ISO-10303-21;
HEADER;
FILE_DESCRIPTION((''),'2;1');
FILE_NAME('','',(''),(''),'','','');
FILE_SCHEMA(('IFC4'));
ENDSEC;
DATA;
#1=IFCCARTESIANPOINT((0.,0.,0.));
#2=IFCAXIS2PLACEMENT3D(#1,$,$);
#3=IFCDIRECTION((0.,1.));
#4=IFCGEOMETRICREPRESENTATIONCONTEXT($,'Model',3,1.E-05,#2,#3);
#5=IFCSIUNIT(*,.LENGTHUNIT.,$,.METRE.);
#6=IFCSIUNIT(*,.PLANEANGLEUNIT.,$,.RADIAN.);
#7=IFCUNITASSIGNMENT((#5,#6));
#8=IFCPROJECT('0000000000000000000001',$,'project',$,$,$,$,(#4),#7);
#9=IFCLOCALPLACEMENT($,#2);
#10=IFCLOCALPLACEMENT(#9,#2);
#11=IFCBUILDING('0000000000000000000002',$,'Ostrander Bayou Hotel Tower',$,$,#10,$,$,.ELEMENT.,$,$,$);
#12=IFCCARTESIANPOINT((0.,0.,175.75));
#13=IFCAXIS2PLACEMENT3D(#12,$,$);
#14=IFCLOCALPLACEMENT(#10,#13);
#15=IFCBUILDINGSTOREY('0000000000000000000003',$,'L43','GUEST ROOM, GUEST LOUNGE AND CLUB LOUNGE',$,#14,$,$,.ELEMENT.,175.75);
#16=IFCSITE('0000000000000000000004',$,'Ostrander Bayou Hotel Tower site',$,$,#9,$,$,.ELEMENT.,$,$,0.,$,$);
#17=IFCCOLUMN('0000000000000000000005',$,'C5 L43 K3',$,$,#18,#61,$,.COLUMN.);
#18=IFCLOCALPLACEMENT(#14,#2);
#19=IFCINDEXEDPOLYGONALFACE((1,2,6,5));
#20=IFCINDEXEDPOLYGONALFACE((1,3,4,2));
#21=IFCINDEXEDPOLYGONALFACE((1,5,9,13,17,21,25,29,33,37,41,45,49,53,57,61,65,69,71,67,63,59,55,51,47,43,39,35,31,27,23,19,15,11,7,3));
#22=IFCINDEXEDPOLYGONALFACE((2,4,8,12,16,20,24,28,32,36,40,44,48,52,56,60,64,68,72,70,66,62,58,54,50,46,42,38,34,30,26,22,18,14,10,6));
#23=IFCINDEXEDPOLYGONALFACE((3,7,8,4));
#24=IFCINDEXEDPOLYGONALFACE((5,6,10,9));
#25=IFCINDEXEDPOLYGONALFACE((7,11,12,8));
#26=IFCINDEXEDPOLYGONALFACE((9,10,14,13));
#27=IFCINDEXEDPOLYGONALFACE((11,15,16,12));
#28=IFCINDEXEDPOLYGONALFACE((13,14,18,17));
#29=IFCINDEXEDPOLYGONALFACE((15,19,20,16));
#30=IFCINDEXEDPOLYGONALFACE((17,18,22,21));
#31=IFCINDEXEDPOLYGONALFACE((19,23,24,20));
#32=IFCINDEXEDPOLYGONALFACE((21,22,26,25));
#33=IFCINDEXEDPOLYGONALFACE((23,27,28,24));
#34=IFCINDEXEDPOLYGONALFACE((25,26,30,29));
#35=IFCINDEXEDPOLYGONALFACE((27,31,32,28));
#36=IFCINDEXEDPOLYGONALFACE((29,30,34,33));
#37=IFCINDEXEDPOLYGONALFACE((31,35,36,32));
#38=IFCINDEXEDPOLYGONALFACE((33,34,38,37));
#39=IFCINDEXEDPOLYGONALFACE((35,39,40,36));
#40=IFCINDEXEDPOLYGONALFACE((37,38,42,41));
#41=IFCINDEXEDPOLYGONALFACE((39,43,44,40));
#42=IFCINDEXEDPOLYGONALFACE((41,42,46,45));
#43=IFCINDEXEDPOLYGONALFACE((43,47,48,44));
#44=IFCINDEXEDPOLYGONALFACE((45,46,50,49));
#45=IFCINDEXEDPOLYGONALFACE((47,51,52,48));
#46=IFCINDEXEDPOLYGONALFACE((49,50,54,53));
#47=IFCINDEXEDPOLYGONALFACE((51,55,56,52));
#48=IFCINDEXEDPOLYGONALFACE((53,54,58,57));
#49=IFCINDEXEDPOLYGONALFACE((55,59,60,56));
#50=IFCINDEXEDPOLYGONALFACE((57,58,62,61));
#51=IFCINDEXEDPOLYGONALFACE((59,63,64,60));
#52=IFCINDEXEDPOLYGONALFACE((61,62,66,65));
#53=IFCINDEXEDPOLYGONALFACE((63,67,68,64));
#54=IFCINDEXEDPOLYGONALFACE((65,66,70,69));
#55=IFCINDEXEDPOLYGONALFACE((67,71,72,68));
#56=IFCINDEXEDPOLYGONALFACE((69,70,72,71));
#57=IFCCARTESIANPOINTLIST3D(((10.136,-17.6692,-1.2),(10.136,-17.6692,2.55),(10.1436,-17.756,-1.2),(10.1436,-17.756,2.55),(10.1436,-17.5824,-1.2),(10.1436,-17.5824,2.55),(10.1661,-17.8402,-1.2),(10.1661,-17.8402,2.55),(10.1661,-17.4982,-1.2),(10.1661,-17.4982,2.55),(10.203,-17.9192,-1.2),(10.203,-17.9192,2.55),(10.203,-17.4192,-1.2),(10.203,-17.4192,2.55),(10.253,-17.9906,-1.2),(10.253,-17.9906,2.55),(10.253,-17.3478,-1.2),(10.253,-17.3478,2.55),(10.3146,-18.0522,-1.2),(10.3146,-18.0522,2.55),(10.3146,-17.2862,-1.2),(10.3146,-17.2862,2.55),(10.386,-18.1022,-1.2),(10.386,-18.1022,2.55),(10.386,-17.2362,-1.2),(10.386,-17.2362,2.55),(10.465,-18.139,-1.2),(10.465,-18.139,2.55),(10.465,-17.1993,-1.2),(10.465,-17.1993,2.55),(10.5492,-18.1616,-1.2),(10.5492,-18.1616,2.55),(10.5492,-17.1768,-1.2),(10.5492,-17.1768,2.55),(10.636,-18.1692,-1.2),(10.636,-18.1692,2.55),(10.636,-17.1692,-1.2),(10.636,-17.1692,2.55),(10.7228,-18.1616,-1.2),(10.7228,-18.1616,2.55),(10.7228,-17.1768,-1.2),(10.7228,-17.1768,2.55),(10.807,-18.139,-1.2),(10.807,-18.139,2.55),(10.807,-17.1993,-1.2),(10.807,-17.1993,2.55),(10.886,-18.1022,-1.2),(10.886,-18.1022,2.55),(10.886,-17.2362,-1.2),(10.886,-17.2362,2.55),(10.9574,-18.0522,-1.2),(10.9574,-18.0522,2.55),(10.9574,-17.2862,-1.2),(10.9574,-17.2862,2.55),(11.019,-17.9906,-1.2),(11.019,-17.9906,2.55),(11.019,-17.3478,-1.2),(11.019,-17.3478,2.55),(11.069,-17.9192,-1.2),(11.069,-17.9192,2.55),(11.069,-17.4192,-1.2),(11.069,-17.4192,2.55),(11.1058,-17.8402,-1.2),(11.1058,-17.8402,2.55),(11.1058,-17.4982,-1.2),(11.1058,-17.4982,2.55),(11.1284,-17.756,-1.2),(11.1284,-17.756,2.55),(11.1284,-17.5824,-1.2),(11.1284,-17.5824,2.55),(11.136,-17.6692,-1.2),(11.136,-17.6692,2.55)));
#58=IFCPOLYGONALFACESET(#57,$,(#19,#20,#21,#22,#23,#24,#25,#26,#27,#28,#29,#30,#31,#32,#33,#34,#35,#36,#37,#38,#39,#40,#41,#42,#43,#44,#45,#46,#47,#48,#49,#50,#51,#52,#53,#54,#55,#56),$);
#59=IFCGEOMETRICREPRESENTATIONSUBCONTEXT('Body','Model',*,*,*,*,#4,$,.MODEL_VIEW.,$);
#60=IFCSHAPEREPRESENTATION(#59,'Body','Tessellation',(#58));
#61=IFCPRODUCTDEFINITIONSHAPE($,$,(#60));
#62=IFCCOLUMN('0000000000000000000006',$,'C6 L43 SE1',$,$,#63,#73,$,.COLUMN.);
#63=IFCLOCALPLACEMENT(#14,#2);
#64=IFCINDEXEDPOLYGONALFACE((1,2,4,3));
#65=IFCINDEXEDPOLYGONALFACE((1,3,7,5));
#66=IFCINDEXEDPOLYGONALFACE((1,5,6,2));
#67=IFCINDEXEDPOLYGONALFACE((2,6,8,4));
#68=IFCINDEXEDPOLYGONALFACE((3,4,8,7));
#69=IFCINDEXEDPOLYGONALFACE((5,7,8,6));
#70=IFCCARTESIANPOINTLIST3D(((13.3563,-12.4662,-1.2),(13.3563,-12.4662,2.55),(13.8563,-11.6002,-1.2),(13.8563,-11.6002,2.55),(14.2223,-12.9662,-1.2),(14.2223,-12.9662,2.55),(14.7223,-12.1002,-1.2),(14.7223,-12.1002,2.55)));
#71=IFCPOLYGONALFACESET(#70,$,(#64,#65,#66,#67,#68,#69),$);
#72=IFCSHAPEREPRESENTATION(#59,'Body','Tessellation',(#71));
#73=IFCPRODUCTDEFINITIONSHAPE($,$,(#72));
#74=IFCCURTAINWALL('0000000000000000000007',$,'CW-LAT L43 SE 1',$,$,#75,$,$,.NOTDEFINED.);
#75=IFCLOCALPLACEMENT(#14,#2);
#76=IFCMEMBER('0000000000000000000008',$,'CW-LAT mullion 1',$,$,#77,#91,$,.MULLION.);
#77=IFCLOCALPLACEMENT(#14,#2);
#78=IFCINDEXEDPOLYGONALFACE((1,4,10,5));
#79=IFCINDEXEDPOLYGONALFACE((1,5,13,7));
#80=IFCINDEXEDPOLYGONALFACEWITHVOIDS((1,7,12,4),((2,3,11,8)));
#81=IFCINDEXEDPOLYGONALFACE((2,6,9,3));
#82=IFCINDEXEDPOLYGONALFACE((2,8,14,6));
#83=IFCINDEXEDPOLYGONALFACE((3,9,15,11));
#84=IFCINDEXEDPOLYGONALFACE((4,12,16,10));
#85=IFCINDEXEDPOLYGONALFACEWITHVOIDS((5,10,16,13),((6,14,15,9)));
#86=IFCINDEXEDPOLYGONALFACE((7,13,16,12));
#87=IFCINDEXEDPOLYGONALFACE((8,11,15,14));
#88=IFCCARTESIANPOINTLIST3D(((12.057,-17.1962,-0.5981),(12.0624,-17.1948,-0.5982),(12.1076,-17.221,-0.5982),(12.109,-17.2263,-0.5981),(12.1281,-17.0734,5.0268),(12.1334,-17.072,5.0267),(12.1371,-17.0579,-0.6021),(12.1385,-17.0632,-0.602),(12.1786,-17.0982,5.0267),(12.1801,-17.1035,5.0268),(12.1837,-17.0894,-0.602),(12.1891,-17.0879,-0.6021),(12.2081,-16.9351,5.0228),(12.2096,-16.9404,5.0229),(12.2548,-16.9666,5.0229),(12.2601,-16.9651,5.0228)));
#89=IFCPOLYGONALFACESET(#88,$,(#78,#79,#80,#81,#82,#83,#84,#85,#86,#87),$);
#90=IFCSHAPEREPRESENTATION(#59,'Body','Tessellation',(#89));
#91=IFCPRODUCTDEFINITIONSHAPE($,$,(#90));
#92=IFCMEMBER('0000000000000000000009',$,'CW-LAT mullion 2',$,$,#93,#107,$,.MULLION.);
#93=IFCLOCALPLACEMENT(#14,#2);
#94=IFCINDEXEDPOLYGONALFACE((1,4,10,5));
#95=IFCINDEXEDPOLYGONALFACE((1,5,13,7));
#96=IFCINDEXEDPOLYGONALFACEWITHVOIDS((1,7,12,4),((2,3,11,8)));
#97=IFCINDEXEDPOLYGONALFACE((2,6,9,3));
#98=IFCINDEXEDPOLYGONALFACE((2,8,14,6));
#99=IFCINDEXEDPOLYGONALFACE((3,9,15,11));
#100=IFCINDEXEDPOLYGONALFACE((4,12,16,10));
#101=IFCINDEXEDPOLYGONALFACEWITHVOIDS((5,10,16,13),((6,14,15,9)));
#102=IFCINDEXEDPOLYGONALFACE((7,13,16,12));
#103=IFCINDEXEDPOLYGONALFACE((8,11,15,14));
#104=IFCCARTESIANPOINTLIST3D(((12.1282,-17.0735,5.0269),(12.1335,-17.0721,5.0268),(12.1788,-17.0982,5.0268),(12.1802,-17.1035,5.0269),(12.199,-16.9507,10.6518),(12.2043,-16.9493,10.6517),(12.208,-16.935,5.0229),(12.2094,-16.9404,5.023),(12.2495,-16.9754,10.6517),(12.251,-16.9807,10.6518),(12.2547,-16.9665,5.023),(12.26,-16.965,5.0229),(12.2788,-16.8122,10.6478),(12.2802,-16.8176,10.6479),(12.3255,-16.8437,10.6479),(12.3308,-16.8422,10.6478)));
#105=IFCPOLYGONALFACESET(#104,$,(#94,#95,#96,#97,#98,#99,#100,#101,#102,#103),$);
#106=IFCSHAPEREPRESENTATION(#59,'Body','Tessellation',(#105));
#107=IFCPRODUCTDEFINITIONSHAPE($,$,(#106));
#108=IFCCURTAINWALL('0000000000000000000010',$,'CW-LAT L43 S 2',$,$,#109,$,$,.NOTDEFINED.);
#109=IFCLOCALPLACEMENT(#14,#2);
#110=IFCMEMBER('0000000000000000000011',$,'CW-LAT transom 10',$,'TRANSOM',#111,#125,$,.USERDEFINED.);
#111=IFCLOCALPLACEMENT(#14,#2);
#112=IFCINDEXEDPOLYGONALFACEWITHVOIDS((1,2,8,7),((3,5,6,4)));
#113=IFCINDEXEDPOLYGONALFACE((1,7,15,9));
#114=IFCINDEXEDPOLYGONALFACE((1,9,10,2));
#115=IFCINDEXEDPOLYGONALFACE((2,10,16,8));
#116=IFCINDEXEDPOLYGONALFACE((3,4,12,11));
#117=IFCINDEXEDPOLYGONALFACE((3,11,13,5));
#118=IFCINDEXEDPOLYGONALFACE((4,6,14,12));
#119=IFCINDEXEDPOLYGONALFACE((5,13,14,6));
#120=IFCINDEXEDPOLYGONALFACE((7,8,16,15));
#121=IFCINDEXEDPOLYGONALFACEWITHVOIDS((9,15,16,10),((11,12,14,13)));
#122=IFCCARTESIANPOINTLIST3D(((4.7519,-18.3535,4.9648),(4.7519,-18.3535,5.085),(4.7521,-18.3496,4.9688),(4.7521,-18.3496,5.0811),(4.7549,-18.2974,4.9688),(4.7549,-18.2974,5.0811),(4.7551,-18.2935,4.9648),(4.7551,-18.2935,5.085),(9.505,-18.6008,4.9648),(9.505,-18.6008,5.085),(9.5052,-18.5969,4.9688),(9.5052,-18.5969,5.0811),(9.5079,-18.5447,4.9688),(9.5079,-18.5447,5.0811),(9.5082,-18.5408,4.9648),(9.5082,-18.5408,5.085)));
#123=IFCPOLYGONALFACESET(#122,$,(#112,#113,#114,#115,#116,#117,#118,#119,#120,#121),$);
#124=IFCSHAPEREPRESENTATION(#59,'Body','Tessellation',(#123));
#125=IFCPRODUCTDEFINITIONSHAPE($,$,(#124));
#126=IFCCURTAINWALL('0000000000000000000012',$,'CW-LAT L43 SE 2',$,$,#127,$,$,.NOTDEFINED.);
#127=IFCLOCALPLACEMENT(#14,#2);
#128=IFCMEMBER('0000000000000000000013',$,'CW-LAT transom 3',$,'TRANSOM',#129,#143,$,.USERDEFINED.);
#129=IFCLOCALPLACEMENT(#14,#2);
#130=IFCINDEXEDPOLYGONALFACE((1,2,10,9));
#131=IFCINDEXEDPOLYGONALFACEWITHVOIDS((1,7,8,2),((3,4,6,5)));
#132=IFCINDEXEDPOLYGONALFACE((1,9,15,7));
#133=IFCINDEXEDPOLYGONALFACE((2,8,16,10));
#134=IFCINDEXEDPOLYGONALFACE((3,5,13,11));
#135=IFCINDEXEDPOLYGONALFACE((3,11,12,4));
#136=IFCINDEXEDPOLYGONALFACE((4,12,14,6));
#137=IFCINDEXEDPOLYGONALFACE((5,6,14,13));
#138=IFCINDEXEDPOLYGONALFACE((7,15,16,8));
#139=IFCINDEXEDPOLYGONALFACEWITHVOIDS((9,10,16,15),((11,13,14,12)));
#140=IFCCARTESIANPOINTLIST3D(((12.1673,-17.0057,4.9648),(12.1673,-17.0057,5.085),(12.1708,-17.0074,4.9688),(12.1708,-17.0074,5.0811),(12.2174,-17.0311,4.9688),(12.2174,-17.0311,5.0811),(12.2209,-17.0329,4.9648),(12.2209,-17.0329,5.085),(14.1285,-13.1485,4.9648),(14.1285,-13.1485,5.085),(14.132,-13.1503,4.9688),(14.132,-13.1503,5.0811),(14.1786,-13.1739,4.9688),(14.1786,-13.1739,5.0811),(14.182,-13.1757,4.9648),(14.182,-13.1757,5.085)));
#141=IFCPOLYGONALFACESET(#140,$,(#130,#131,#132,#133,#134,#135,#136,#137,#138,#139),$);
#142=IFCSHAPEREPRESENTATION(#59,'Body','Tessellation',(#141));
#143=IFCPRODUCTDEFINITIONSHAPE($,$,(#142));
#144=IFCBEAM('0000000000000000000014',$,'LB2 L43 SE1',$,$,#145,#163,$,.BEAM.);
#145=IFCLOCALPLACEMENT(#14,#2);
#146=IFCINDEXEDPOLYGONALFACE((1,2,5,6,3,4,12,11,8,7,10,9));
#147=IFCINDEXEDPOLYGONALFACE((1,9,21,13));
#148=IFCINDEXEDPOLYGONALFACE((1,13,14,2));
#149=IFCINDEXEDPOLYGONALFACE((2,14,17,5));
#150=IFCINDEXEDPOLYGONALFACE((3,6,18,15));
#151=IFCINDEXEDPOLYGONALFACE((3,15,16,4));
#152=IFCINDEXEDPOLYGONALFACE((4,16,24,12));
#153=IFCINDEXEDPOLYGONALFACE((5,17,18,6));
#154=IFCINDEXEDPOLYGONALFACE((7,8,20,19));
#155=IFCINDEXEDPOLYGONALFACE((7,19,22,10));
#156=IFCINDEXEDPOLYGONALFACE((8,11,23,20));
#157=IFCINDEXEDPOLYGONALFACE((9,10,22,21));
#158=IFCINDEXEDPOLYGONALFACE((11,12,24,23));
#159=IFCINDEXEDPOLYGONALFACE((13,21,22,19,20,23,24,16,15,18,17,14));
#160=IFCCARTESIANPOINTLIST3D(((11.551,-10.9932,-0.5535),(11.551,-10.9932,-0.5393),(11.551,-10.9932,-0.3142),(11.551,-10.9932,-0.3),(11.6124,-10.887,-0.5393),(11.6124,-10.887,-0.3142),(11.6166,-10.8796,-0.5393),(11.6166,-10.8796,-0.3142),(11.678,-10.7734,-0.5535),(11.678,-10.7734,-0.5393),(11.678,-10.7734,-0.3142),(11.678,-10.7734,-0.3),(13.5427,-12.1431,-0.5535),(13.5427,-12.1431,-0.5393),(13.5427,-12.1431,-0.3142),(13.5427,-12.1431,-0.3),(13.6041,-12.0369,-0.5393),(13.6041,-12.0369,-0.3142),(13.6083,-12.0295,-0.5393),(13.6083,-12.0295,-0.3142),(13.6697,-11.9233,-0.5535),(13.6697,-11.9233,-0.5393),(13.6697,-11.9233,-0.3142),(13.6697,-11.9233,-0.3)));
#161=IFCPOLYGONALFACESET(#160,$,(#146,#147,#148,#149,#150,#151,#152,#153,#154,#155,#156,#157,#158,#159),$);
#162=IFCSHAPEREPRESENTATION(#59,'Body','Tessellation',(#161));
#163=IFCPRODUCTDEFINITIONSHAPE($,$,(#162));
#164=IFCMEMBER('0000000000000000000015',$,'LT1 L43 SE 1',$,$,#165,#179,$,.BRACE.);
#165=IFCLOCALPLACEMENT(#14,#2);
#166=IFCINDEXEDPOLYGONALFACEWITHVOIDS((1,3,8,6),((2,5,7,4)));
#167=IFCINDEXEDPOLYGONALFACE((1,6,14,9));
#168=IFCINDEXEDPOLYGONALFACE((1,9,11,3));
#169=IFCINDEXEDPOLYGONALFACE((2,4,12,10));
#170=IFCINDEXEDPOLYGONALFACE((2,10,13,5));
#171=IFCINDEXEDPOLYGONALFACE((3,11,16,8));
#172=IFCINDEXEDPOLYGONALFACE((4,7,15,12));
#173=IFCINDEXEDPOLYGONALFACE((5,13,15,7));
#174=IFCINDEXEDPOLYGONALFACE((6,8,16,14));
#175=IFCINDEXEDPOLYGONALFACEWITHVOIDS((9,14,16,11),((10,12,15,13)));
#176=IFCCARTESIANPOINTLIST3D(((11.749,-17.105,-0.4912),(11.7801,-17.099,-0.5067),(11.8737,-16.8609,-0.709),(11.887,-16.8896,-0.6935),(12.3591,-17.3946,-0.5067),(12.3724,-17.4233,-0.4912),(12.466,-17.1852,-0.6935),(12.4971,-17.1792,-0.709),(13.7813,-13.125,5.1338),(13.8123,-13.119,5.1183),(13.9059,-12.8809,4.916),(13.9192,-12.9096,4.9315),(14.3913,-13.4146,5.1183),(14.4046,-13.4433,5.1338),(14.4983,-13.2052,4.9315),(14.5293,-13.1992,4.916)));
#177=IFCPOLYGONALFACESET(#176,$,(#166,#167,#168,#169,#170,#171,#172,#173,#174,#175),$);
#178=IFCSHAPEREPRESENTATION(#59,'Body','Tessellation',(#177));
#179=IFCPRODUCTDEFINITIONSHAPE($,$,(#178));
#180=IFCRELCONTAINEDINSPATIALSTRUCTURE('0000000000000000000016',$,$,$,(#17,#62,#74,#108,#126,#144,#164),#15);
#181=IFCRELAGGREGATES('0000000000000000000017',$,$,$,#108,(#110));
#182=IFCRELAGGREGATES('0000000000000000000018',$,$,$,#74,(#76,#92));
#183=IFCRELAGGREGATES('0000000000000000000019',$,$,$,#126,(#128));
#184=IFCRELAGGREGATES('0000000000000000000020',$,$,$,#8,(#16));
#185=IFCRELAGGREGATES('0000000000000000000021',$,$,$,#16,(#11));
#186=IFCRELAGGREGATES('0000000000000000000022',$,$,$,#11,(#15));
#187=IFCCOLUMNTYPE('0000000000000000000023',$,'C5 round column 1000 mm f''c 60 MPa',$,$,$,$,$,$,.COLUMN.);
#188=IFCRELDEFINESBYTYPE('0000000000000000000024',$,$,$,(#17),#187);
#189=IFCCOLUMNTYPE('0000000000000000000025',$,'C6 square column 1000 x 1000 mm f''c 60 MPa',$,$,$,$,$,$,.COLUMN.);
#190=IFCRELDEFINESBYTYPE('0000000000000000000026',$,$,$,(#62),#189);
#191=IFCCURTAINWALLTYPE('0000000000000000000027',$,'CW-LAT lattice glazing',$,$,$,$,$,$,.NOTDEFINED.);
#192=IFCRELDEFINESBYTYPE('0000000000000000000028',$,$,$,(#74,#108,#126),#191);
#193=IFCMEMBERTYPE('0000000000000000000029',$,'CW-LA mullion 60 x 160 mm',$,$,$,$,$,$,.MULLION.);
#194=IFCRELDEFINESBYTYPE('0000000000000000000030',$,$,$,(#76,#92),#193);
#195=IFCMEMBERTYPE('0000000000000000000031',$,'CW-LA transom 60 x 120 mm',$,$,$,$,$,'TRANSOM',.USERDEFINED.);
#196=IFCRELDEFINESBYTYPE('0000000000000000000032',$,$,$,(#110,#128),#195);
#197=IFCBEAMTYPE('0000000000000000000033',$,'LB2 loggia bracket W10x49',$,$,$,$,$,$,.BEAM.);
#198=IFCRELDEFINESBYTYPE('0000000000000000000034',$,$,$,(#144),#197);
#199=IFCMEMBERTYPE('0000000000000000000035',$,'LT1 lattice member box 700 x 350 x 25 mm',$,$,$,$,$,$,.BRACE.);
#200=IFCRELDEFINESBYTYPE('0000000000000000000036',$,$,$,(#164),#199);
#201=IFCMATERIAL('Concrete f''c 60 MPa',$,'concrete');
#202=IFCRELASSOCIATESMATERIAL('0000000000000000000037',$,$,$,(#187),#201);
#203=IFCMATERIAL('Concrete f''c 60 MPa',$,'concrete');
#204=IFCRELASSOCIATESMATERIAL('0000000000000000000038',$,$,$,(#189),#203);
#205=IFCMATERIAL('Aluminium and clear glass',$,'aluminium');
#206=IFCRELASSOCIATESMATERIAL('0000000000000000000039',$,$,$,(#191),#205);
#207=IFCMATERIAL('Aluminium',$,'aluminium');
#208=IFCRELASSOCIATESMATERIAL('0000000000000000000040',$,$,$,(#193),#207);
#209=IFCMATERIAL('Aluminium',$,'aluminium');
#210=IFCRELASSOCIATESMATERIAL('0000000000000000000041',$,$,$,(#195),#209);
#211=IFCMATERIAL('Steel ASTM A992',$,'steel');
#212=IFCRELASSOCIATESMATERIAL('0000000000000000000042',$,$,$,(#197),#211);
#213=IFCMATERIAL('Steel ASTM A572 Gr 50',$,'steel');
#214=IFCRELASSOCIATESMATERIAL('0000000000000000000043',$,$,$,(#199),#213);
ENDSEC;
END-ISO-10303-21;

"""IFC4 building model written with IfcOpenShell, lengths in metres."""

from ifc_helpers import new_model, si_unit, direction, frame, origin, origin_2d, place, context, subcontext, project, spatial, rectangle, hollow_rectangle, circle, i_section, extrude, material, material_profile, profile_set, type_object, element, aggregate, save


model = new_model("IFC4")

# Units and contexts
model_context = context("Model", 3, precision=1e-05, world=origin(), true_north=direction((0.0, 1.0)))
body_context = subcontext(model_context, "Body", "Model", "MODEL_VIEW")
ifc_project = project(units=[si_unit("LENGTHUNIT", "METRE"), si_unit("PLANEANGLEUNIT", "RADIAN")], contexts=[model_context])

# Site, building, storey
site_placement = place(None, origin())
site = spatial("IfcSite", under=ifc_project, at=site_placement, Name="Ostrander Bayou Hotel Tower site", CompositionType="ELEMENT", RefElevation=0.0)
building_placement = place(site_placement, origin())
building = spatial("IfcBuilding", under=site, at=building_placement, Name="Ostrander Bayou Hotel Tower", CompositionType="ELEMENT")
storey_placement = place(building_placement, frame((0.0, 0.0, 175.75)))
storey = spatial("IfcBuildingStorey", under=building, at=storey_placement, Name="L43", Description="GUEST ROOM, GUEST LOUNGE AND CLUB LOUNGE", CompositionType="ELEMENT", Elevation=175.75)

# Columns
ifc_material_1 = material(Name="Concrete f'c 60 MPa", Category="concrete")
ifc_material_profile_1 = material_profile(ifc_material_1, circle(Radius=0.5, at=origin_2d()))
ifc_profile_set_1 = profile_set([ifc_material_profile_1], Name="Concrete f'c 60 MPa")
column_type_1 = type_object("IfcColumnType", Name="C5 round column 1000 mm f'c 60 MPa", PredefinedType="COLUMN", material=ifc_profile_set_1)
column_1_placement = place(storey_placement, frame((10.636, -17.6692, -1.2), z_axis=(0.0, 0.0, 1.0), x_axis=(1.0, 0.0, 0.0)))
element("IfcColumn", 1, at=column_1_placement, inside=storey, type_object=column_type_1, Name="C5 L43 K3", PredefinedType="COLUMN", context=body_context, shape_type="SweptSolid", body=[
    extrude(circle(Radius=0.5, at=origin_2d()), origin(), (0.0, 0.0, 1.0), 3.75),
])
ifc_material_2 = material(Name="Concrete f'c 60 MPa", Category="concrete")
ifc_material_profile_2 = material_profile(ifc_material_2, rectangle(XDim=1.0, YDim=1.0, at=origin_2d()))
ifc_profile_set_2 = profile_set([ifc_material_profile_2], Name="Concrete f'c 60 MPa")
column_type_2 = type_object("IfcColumnType", Name="C6 square column 1000 x 1000 mm f'c 60 MPa", PredefinedType="COLUMN", material=ifc_profile_set_2)
column_2_placement = place(storey_placement, frame((14.0393, -12.2832, -1.2), z_axis=(0.0, 0.0, 1.0), x_axis=(-0.5, -0.866025, 0.0)))
element("IfcColumn", 2, at=column_2_placement, inside=storey, type_object=column_type_2, Name="C6 L43 SE1", PredefinedType="COLUMN", context=body_context, shape_type="SweptSolid", body=[
    extrude(rectangle(XDim=1.0, YDim=1.0, at=origin_2d()), origin(), (0.0, 0.0, 1.0), 3.75),
])

# Curtain wall, members
ifc_material_3 = material(Name="Aluminium and clear glass", Category="aluminium")
curtain_wall_type = type_object("IfcCurtainWallType", Name="CW-LAT lattice glazing", PredefinedType="NOTDEFINED", material=ifc_material_3)
curtain_wall_1_placement = place(storey_placement, origin())
curtain_wall_1 = element("IfcCurtainWall", 3, at=curtain_wall_1_placement, inside=storey, type_object=curtain_wall_type, Name="CW-LAT L43 SE 1", PredefinedType="NOTDEFINED")
ifc_material_4 = material(Name="Aluminium", Category="aluminium")
ifc_material_profile_3 = material_profile(ifc_material_4, hollow_rectangle(XDim=0.0601, YDim=0.1599, WallThickness=0.0039, at=origin_2d()))
ifc_profile_set_3 = profile_set([ifc_material_profile_3], Name="Aluminium")
member_type_1 = type_object("IfcMemberType", Name="CW-LA mullion 60 x 160 mm", PredefinedType="MULLION", material=ifc_profile_set_3)
member_1_placement = place(storey_placement, frame((12.123, -17.1421, -0.6001), z_axis=(0.012626, 0.021825, 0.999682), x_axis=(-0.865583, 0.500765, 0.0)))
member_1 = element("IfcMember", 4, at=member_1_placement, type_object=member_type_1, Name="CW-LAT mullion 1", PredefinedType="MULLION", context=body_context, shape_type="SweptSolid", body=[
    extrude(hollow_rectangle(XDim=0.0601, YDim=0.1599, WallThickness=0.0039, at=origin_2d()), origin(), (0.0, 0.0, 1.0), 5.6267),
])
member_2_placement = place(storey_placement, frame((12.1941, -17.0193, 5.0249), z_axis=(0.012583, 0.021825, 0.999683), x_axis=(-0.866329, 0.499474, 0.0)))
member_2 = element("IfcMember", 5, at=member_2_placement, type_object=member_type_1, Name="CW-LAT mullion 2", PredefinedType="MULLION", context=body_context, shape_type="SweptSolid", body=[
    extrude(hollow_rectangle(XDim=0.0601, YDim=0.1599, WallThickness=0.0039, at=origin_2d()), origin(), (0.0, 0.0, 1.0), 5.6267),
])

# Curtain walls, members
curtain_wall_2_placement = place(storey_placement, origin())
curtain_wall_2 = element("IfcCurtainWall", 6, at=curtain_wall_2_placement, inside=storey, type_object=curtain_wall_type, Name="CW-LAT L43 S 2", PredefinedType="NOTDEFINED")
ifc_material_5 = material(Name="Aluminium", Category="aluminium")
ifc_material_profile_4 = material_profile(ifc_material_5, hollow_rectangle(XDim=0.0601, YDim=0.1201, WallThickness=0.0039, at=origin_2d()))
ifc_profile_set_4 = profile_set([ifc_material_profile_4], Name="Aluminium")
member_type_2 = type_object("IfcMemberType", Name="CW-LA transom 60 x 120 mm", ElementType="TRANSOM", PredefinedType="USERDEFINED", material=ifc_profile_set_4)
member_3_placement = place(storey_placement, frame((9.5066, -18.5708, 5.0249), z_axis=(-0.998649, 0.051961, 0.0), x_axis=(-0.051961, -0.998649, 0.0)))
member_3 = element("IfcMember", 7, at=member_3_placement, type_object=member_type_2, Name="CW-LAT transom 10", ObjectType="TRANSOM", PredefinedType="USERDEFINED", context=body_context, shape_type="SweptSolid", body=[
    extrude(hollow_rectangle(XDim=0.0601, YDim=0.1201, WallThickness=0.0039, at=origin_2d()), origin(), (0.0, 0.0, 1.0), 4.7595),
])
aggregate(curtain_wall_2, [member_3])
curtain_wall_3_placement = place(storey_placement, origin())
curtain_wall_3 = element("IfcCurtainWall", 8, at=curtain_wall_3_placement, inside=storey, type_object=curtain_wall_type, Name="CW-LAT L43 SE 2", PredefinedType="NOTDEFINED")
member_4_placement = place(storey_placement, frame((12.1941, -17.0193, 5.0249), z_axis=(0.453229, 0.891394, 0.0), x_axis=(-0.891394, 0.453229, 0.0)))
member_4 = element("IfcMember", 9, at=member_4_placement, type_object=member_type_2, Name="CW-LAT transom 3", ObjectType="TRANSOM", PredefinedType="USERDEFINED", context=body_context, shape_type="SweptSolid", body=[
    extrude(hollow_rectangle(XDim=0.0601, YDim=0.1201, WallThickness=0.0039, at=origin_2d()), origin(), (0.0, 0.0, 1.0), 4.3271),
])

# Beam
ifc_material_6 = material(Name="Steel ASTM A992", Category="steel")
ifc_material_profile_5 = material_profile(ifc_material_6, i_section(OverallWidth=0.2539, OverallDepth=0.2534, WebThickness=0.0085, FlangeThickness=0.0142, at=origin_2d()))
ifc_profile_set_5 = profile_set([ifc_material_profile_5], Name="Steel ASTM A992")
beam_type_1 = type_object("IfcBeamType", Name="LB2 loggia bracket W10x49", PredefinedType="BEAM", material=ifc_profile_set_5)
beam_1_placement = place(storey_placement, frame((13.6062, -12.0332, -0.4268), z_axis=(-0.866026, 0.499998, 0.0), x_axis=(-0.499998, -0.866026, 0.0)))
element("IfcBeam", 10, at=beam_1_placement, inside=storey, type_object=beam_type_1, Name="LB2 L43 SE1", PredefinedType="BEAM", context=body_context, shape_type="SweptSolid", body=[
    extrude(i_section(OverallWidth=0.2539, OverallDepth=0.2534, WebThickness=0.0085, FlangeThickness=0.0142, at=origin_2d()), origin(), (0.0, 0.0, 1.0), 2.2998),
])

# Member
ifc_material_7 = material(Name="Steel ASTM A572 Gr 50", Category="steel")
ifc_material_profile_6 = material_profile(ifc_material_7, hollow_rectangle(XDim=0.7, YDim=0.3501, WallThickness=0.0249, at=origin_2d()))
ifc_profile_set_6 = profile_set([ifc_material_profile_6], Name="Steel ASTM A572 Gr 50")
member_type_3 = type_object("IfcMemberType", Name="LT1 lattice member box 700 x 350 x 25 mm", PredefinedType="BRACE", material=ifc_profile_set_6)
member_5_placement = place(storey_placement, frame((14.1553, -13.1621, 5.0249), z_axis=(-0.28288, -0.554001, -0.782983), x_axis=(0.890615, -0.454759, 0.0)))
element("IfcMember", 11, at=member_5_placement, inside=storey, type_object=member_type_3, Name="LT1 L43 SE 1", PredefinedType="BRACE", context=body_context, shape_type="SweptSolid", body=[
    extrude(hollow_rectangle(XDim=0.7, YDim=0.3501, WallThickness=0.0249, at=origin_2d()), origin(), (0.0, 0.0, 1.0), 7.1841),
])

aggregate(curtain_wall_1, [member_1, member_2])
aggregate(curtain_wall_3, [member_4])

save(model, "model.ifc")
